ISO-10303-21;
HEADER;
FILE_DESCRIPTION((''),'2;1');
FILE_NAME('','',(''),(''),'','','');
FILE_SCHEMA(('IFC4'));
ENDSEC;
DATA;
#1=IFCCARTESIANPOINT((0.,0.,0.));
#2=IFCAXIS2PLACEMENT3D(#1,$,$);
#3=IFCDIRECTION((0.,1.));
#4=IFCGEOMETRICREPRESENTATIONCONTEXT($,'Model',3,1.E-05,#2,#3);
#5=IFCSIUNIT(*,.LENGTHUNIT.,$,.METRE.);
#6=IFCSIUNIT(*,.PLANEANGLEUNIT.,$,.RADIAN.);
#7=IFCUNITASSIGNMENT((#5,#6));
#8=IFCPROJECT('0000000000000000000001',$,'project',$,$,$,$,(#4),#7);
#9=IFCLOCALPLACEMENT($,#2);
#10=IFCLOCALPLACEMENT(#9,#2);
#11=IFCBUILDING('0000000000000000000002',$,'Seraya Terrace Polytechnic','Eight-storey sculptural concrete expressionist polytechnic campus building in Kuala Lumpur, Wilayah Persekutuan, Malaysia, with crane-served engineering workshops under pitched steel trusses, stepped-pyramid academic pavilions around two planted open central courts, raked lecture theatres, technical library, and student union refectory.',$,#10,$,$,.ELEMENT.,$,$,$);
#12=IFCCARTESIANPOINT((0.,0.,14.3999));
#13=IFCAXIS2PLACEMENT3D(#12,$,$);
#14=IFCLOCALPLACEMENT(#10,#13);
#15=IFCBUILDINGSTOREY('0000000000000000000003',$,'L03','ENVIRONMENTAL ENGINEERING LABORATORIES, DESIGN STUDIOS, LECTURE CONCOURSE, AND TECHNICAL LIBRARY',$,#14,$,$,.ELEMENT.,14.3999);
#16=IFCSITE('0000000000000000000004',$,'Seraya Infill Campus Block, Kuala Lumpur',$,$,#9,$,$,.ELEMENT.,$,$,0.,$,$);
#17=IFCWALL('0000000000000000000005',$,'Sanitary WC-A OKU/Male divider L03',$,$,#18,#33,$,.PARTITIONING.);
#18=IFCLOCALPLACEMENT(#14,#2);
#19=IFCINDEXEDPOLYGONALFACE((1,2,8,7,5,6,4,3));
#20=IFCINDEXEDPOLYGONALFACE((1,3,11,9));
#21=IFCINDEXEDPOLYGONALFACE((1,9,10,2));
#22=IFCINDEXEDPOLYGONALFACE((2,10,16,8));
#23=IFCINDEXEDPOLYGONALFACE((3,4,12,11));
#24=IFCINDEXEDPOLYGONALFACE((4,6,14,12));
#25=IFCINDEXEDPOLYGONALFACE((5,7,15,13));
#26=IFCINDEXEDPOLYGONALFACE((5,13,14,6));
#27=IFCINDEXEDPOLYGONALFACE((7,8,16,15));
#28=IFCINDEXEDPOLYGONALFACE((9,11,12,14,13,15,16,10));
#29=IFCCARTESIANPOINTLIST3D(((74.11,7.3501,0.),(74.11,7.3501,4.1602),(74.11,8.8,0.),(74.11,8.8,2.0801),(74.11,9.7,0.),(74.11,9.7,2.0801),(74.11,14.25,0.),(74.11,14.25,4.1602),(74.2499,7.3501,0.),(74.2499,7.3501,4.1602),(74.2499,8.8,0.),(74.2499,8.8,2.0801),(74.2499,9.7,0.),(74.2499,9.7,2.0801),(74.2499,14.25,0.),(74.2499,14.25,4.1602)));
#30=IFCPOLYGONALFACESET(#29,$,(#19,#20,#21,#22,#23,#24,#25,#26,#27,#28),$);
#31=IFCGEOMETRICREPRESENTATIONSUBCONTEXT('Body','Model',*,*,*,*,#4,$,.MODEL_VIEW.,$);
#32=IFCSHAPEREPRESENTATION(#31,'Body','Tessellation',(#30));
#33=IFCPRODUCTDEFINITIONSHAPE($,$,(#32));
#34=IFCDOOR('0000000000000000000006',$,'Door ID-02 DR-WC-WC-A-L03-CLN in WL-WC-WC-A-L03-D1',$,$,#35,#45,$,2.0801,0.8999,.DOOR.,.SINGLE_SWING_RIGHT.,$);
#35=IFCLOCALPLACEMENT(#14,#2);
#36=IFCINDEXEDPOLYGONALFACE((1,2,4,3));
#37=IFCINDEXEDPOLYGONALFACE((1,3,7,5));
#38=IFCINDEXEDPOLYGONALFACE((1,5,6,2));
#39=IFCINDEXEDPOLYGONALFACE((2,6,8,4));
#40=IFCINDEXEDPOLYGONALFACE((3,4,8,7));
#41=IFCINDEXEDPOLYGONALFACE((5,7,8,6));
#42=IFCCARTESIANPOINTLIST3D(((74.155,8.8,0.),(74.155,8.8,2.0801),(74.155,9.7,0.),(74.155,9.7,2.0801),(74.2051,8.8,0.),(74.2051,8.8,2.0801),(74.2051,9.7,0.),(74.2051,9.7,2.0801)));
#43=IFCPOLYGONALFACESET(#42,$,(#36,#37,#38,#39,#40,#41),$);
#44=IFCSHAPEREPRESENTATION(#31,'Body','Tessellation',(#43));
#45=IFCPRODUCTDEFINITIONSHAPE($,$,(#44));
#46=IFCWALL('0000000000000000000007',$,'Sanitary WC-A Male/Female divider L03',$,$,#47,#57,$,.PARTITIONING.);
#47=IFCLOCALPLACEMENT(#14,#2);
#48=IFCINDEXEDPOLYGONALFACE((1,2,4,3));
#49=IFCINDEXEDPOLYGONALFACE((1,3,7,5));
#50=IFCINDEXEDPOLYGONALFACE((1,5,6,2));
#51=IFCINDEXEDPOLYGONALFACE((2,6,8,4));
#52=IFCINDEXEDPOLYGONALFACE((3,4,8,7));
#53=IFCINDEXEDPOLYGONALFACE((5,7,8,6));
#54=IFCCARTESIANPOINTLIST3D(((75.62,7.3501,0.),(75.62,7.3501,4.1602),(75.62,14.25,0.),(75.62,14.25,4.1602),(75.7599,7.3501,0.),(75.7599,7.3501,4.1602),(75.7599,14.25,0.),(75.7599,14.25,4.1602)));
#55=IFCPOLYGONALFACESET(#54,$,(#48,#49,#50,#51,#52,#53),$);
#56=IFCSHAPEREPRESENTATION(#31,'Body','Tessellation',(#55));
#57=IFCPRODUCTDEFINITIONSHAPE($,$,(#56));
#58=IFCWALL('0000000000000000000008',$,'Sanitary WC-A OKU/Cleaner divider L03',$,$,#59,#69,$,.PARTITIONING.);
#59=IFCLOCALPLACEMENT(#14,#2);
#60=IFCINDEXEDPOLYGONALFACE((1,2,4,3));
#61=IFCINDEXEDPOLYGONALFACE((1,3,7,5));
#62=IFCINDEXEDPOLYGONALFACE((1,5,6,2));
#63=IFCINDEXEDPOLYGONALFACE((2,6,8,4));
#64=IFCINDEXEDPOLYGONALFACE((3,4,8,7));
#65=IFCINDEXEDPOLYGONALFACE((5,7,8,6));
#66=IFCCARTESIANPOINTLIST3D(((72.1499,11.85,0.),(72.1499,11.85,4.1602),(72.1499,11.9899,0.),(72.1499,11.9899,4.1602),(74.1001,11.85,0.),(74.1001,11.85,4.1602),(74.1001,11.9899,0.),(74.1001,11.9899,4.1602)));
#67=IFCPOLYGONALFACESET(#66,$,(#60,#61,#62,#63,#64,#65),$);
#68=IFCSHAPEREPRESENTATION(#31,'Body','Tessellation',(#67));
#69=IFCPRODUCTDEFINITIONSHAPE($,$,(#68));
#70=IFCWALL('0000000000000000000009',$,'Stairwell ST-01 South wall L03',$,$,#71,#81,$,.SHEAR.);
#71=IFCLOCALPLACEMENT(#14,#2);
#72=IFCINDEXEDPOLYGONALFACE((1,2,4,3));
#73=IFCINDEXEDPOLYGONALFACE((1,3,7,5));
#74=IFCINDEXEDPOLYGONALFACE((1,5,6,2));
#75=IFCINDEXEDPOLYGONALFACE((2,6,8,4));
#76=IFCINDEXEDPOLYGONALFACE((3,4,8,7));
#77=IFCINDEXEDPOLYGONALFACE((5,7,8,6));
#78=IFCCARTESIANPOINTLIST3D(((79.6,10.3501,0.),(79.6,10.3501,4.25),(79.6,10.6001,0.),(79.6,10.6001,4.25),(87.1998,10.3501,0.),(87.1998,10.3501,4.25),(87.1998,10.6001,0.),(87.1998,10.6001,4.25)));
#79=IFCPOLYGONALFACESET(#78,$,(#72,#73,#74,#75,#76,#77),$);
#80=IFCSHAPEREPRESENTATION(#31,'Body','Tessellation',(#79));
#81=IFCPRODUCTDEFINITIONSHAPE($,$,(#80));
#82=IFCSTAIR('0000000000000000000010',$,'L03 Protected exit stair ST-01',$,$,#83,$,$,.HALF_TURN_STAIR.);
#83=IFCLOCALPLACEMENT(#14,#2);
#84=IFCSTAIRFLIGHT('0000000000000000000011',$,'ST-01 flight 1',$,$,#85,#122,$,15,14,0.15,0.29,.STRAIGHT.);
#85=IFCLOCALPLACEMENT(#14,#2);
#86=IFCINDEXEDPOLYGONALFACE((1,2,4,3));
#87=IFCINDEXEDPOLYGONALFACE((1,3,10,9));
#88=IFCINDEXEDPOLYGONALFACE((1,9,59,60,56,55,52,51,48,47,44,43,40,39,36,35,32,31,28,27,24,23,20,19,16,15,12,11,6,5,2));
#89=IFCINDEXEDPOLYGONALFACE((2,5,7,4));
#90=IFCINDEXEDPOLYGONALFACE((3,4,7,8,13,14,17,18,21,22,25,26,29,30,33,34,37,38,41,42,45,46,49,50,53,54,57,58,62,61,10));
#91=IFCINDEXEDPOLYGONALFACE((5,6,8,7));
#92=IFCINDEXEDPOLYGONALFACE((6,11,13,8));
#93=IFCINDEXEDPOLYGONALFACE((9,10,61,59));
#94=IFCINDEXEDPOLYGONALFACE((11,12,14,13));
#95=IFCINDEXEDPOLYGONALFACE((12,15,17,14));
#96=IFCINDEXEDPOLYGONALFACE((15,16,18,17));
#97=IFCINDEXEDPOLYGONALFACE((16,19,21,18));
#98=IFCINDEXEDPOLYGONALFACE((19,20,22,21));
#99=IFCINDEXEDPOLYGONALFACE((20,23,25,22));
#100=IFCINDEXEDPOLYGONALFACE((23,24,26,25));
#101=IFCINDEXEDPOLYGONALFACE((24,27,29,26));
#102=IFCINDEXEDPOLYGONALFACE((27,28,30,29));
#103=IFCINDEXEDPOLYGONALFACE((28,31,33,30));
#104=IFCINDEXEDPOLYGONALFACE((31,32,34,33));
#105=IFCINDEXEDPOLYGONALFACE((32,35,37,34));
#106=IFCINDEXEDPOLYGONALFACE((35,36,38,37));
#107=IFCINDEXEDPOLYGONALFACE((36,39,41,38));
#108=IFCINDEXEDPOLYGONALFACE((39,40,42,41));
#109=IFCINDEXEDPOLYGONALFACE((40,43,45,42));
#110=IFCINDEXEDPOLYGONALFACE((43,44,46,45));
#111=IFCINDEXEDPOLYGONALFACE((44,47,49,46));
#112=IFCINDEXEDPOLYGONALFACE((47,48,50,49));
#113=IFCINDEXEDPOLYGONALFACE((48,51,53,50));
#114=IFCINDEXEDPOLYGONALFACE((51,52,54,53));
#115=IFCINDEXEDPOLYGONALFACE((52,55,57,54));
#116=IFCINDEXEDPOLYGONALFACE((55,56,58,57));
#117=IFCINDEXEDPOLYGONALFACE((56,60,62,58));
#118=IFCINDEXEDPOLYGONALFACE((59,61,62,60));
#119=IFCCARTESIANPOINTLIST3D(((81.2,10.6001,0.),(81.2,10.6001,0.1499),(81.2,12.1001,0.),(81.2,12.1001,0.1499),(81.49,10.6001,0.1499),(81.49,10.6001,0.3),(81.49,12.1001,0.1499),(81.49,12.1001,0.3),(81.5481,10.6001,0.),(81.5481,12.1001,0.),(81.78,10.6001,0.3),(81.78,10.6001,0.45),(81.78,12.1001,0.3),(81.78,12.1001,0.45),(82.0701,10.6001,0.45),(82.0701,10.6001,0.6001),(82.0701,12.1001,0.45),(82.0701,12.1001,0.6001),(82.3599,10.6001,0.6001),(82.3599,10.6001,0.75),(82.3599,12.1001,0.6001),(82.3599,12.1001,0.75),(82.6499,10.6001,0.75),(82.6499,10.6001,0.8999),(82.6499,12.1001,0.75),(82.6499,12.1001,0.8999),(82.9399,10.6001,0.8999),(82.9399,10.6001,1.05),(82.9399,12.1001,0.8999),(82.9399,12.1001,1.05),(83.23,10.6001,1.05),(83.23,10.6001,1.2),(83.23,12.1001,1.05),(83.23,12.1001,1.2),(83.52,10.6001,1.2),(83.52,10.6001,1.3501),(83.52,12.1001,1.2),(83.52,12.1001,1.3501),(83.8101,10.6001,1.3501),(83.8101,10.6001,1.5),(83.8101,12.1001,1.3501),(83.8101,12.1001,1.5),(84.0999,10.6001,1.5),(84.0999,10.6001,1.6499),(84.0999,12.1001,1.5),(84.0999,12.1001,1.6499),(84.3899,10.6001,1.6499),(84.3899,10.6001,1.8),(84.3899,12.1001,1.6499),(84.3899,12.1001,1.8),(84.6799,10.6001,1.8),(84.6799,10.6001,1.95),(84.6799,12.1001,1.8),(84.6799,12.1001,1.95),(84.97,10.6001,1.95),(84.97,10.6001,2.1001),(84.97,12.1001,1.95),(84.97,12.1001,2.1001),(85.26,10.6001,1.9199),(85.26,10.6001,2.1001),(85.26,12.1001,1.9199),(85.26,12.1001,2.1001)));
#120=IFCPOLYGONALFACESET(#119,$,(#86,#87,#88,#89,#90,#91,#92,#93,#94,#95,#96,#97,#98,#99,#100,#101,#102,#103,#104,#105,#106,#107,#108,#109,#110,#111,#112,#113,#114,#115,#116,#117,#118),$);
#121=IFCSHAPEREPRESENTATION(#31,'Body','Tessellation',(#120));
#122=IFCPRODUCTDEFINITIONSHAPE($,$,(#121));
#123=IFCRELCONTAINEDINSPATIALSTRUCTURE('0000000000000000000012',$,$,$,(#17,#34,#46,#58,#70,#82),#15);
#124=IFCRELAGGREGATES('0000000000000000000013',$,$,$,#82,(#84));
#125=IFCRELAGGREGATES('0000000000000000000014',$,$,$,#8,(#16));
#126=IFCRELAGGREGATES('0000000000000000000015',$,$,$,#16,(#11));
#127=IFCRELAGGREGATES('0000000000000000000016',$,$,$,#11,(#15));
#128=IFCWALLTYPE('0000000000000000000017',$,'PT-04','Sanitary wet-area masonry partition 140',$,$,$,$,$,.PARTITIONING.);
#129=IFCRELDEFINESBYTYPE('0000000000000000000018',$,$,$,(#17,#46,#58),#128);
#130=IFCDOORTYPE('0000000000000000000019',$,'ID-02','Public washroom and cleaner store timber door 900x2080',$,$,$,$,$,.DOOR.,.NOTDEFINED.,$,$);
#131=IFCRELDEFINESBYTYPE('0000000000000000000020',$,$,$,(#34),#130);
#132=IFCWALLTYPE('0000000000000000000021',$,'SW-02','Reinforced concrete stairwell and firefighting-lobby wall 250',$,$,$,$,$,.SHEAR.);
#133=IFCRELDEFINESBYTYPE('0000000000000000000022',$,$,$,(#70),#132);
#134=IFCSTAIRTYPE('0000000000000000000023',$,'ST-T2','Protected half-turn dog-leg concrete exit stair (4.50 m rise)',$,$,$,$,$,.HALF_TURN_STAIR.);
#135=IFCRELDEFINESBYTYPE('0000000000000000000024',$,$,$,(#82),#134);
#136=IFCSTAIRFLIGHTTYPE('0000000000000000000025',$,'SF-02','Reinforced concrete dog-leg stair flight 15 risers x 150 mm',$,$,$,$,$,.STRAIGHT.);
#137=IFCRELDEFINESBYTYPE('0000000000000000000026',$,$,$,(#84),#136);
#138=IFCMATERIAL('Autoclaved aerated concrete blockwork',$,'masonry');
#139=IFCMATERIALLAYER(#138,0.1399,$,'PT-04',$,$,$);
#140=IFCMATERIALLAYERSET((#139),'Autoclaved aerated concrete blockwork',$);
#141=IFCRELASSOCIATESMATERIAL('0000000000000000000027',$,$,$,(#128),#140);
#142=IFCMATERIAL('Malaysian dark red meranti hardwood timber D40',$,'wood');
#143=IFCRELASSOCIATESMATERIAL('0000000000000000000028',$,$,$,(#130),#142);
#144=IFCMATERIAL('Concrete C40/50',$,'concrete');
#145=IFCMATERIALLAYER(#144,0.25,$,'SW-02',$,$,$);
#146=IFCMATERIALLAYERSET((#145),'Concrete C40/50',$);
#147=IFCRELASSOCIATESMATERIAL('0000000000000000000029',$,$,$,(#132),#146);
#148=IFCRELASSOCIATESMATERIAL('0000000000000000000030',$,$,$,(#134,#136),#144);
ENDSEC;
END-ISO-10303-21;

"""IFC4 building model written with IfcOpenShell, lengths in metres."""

from ifc_helpers import new_model, si_unit, direction, frame, frame_2d, origin, place, context, subcontext, project, spatial, polyline, rectangle, outline, extrude, material, layer, layer_set, type_object, element, fill, aggregate, save


model = new_model("IFC4")

# Units and contexts
model_context = context("Model", 3, precision=1e-05, world=origin(), true_north=direction((0.0, 1.0)))
body_context = subcontext(model_context, "Body", "Model", "MODEL_VIEW")
ifc_project = project(units=[si_unit("LENGTHUNIT", "METRE"), si_unit("PLANEANGLEUNIT", "RADIAN")], contexts=[model_context])

# Site, building, storey
site_placement = place(None, origin())
site = spatial("IfcSite", under=ifc_project, at=site_placement, Name="Seraya Infill Campus Block, Kuala Lumpur", CompositionType="ELEMENT", RefElevation=0.0)
building_placement = place(site_placement, origin())
building = spatial("IfcBuilding", under=site, at=building_placement, Name="Seraya Terrace Polytechnic", Description="Eight-storey sculptural concrete expressionist polytechnic campus building in Kuala Lumpur, Wilayah Persekutuan, Malaysia, with crane-served engineering workshops under pitched steel trusses, stepped-pyramid academic pavilions around two planted open central courts, raked lecture theatres, technical library, and student union refectory.", CompositionType="ELEMENT")
storey_placement = place(building_placement, frame((0.0, 0.0, 14.3999)))
storey = spatial("IfcBuildingStorey", under=building, at=storey_placement, Name="L03", Description="ENVIRONMENTAL ENGINEERING LABORATORIES, DESIGN STUDIOS, LECTURE CONCOURSE, AND TECHNICAL LIBRARY", CompositionType="ELEMENT", Elevation=14.3999)

# Shared definitions
ifc_material_1 = material(Name="Concrete C40/50", Category="concrete")

# Shared definitions
ifc_material_2 = material(Name="Autoclaved aerated concrete blockwork", Category="masonry")

# Shared definitions
ifc_material_3 = material(Name="Malaysian dark red meranti hardwood timber D40", Category="wood")

# Shared definitions
ifc_layer_1 = layer(ifc_material_2, 0.1399, Name="PT-04")
ifc_layer_set_1 = layer_set([ifc_layer_1], Name="Autoclaved aerated concrete blockwork")
wall_type_1 = type_object("IfcWallType", Name="PT-04", Description="Sanitary wet-area masonry partition 140", PredefinedType="PARTITIONING", material=ifc_layer_set_1)

# Wall, opening, door
wall_1_placement = place(storey_placement, frame((74.1799, 7.3501, 0.0), z_axis=(0.0, 0.0, 1.0), x_axis=(0.0, 1.0, 0.0)))
wall_1 = element("IfcWall", 1, at=wall_1_placement, inside=storey, type_object=wall_type_1, Name="Sanitary WC-A OKU/Male divider L03", PredefinedType="PARTITIONING", context=body_context, shape_type="SweptSolid", body=[
    extrude(rectangle(XDim=6.8999, YDim=0.1399, at=frame_2d((3.45, 0.0))), origin(), (0.0, 0.0, 1.0), 4.1602),
])
opening_1_placement = place(wall_1_placement, frame((1.45, 0.0, 0.0)))
opening_1 = element("IfcOpeningElement", 2, at=opening_1_placement, cuts=wall_1, PredefinedType="OPENING", context=body_context, shape_type="SweptSolid", body=[
    extrude(rectangle(XDim=0.8999, YDim=2.0801, at=frame_2d((0.45, 1.04))), frame((0.0, 0.082, 0.0), z_axis=(0.0, -1.0, 0.0), x_axis=(1.0, 0.0, 0.0)), (0.0, 0.0, 1.0), 0.1638),
])
door_type_1 = type_object("IfcDoorType", Name="ID-02", Description="Public washroom and cleaner store timber door 900x2080", OperationType="NOTDEFINED", PredefinedType="DOOR", material=ifc_material_3)
door_1_placement = place(opening_1_placement, origin())
door_1 = element("IfcDoor", 3, at=door_1_placement, inside=storey, type_object=door_type_1, Name="Door ID-02 DR-WC-WC-A-L03-CLN in WL-WC-WC-A-L03-D1", OperationType="SINGLE_SWING_RIGHT", OverallHeight=2.0801, OverallWidth=0.8999, PredefinedType="DOOR", context=body_context, shape_type="SweptSolid", body=[
    extrude(rectangle(XDim=0.8999, YDim=2.0801, at=frame_2d((0.45, 1.04))), frame((0.0, 0.0249, 0.0), z_axis=(0.0, -1.0, 0.0), x_axis=(1.0, 0.0, 0.0)), (0.0, 0.0, 1.0), 0.05),
])
fill(opening_1, door_1)

# Walls
wall_2_placement = place(storey_placement, frame((75.6899, 7.3501, 0.0), z_axis=(0.0, 0.0, 1.0), x_axis=(0.0, 1.0, 0.0)))
element("IfcWall", 4, at=wall_2_placement, inside=storey, type_object=wall_type_1, Name="Sanitary WC-A Male/Female divider L03", PredefinedType="PARTITIONING", context=body_context, shape_type="SweptSolid", body=[
    extrude(rectangle(XDim=6.8999, YDim=0.1399, at=frame_2d((3.45, 0.0))), origin(), (0.0, 0.0, 1.0), 4.1602),
])
wall_3_placement = place(storey_placement, frame((72.1499, 11.9199, 0.0), z_axis=(0.0, 0.0, 1.0), x_axis=(1.0, 0.0, 0.0)))
element("IfcWall", 5, at=wall_3_placement, inside=storey, type_object=wall_type_1, Name="Sanitary WC-A OKU/Cleaner divider L03", PredefinedType="PARTITIONING", context=body_context, shape_type="SweptSolid", body=[
    extrude(rectangle(XDim=1.9502, YDim=0.1399, at=frame_2d((0.9751, 0.0))), origin(), (0.0, 0.0, 1.0), 4.1602),
])

# Shared definitions
ifc_layer_2 = layer(ifc_material_1, 0.25, Name="SW-02")
ifc_layer_set_2 = layer_set([ifc_layer_2], Name="Concrete C40/50")
wall_type_2 = type_object("IfcWallType", Name="SW-02", Description="Reinforced concrete stairwell and firefighting-lobby wall 250", PredefinedType="SHEAR", material=ifc_layer_set_2)

# Wall
wall_4_placement = place(storey_placement, frame((79.6001, 10.4751, 0.0), z_axis=(0.0, 0.0, 1.0), x_axis=(1.0, 0.0, 0.0)))
element("IfcWall", 6, at=wall_4_placement, inside=storey, type_object=wall_type_2, Name="Stairwell ST-01 South wall L03", PredefinedType="SHEAR", context=body_context, shape_type="SweptSolid", body=[
    extrude(rectangle(XDim=7.5999, YDim=0.25, at=frame_2d((3.7998, 0.0))), origin(), (0.0, 0.0, 1.0), 4.25),
])

# Stair, stair flight
stair_type = type_object("IfcStairType", Name="ST-T2", Description="Protected half-turn dog-leg concrete exit stair (4.50 m rise)", PredefinedType="HALF_TURN_STAIR", material=ifc_material_1)
stair_placement = place(storey_placement, origin())
stair = element("IfcStair", 7, at=stair_placement, inside=storey, type_object=stair_type, Name="L03 Protected exit stair ST-01", PredefinedType="HALF_TURN_STAIR")
stair_flight_type = type_object("IfcStairFlightType", Name="SF-02", Description="Reinforced concrete dog-leg stair flight 15 risers x 150 mm", PredefinedType="STRAIGHT", material=ifc_material_1)
stair_flight_placement = place(storey_placement, frame((81.2, 11.3501, 0.0), z_axis=(0.0, 0.0, 1.0), x_axis=(1.0, 0.0, 0.0)))
stair_flight = element("IfcStairFlight", 8, at=stair_flight_placement, type_object=stair_flight_type, Name="ST-01 flight 1", NumberOfRisers=15, NumberOfTreads=14, PredefinedType="STRAIGHT", RiserHeight=0.15, TreadLength=0.29, context=body_context, shape_type="SweptSolid", body=[
    extrude(outline(polyline([(0.0, 0.0), (0.0, 0.1499), (0.29, 0.1499), (0.29, 0.3), (0.5801, 0.3), (0.5801, 0.45), (0.8701, 0.45), (0.8701, 0.6001), (1.1599, 0.6001), (1.1599, 0.75), (1.45, 0.75), (1.45, 0.8999), (1.74, 0.8999), (1.74, 1.05), (2.03, 1.05), (2.03, 1.2), (2.3201, 1.2), (2.3201, 1.3501), (2.6101, 1.3501), (2.6101, 1.5), (2.8999, 1.5), (2.8999, 1.6499), (3.1899, 1.6499), (3.1899, 1.8), (3.48, 1.8), (3.48, 1.95), (3.77, 1.95), (3.77, 2.1001), (4.0601, 2.1001), (4.0601, 2.25), (4.0601, 1.9199), (0.3481, 0.0), (0.0, 0.0)])), frame((0.0, 0.75, 0.0), z_axis=(0.0, -1.0, 0.0), x_axis=(1.0, 0.0, 0.0)), (0.0, 0.0, 1.0), 1.5),
])
aggregate(stair, [stair_flight])

save(model, "model.ifc")
